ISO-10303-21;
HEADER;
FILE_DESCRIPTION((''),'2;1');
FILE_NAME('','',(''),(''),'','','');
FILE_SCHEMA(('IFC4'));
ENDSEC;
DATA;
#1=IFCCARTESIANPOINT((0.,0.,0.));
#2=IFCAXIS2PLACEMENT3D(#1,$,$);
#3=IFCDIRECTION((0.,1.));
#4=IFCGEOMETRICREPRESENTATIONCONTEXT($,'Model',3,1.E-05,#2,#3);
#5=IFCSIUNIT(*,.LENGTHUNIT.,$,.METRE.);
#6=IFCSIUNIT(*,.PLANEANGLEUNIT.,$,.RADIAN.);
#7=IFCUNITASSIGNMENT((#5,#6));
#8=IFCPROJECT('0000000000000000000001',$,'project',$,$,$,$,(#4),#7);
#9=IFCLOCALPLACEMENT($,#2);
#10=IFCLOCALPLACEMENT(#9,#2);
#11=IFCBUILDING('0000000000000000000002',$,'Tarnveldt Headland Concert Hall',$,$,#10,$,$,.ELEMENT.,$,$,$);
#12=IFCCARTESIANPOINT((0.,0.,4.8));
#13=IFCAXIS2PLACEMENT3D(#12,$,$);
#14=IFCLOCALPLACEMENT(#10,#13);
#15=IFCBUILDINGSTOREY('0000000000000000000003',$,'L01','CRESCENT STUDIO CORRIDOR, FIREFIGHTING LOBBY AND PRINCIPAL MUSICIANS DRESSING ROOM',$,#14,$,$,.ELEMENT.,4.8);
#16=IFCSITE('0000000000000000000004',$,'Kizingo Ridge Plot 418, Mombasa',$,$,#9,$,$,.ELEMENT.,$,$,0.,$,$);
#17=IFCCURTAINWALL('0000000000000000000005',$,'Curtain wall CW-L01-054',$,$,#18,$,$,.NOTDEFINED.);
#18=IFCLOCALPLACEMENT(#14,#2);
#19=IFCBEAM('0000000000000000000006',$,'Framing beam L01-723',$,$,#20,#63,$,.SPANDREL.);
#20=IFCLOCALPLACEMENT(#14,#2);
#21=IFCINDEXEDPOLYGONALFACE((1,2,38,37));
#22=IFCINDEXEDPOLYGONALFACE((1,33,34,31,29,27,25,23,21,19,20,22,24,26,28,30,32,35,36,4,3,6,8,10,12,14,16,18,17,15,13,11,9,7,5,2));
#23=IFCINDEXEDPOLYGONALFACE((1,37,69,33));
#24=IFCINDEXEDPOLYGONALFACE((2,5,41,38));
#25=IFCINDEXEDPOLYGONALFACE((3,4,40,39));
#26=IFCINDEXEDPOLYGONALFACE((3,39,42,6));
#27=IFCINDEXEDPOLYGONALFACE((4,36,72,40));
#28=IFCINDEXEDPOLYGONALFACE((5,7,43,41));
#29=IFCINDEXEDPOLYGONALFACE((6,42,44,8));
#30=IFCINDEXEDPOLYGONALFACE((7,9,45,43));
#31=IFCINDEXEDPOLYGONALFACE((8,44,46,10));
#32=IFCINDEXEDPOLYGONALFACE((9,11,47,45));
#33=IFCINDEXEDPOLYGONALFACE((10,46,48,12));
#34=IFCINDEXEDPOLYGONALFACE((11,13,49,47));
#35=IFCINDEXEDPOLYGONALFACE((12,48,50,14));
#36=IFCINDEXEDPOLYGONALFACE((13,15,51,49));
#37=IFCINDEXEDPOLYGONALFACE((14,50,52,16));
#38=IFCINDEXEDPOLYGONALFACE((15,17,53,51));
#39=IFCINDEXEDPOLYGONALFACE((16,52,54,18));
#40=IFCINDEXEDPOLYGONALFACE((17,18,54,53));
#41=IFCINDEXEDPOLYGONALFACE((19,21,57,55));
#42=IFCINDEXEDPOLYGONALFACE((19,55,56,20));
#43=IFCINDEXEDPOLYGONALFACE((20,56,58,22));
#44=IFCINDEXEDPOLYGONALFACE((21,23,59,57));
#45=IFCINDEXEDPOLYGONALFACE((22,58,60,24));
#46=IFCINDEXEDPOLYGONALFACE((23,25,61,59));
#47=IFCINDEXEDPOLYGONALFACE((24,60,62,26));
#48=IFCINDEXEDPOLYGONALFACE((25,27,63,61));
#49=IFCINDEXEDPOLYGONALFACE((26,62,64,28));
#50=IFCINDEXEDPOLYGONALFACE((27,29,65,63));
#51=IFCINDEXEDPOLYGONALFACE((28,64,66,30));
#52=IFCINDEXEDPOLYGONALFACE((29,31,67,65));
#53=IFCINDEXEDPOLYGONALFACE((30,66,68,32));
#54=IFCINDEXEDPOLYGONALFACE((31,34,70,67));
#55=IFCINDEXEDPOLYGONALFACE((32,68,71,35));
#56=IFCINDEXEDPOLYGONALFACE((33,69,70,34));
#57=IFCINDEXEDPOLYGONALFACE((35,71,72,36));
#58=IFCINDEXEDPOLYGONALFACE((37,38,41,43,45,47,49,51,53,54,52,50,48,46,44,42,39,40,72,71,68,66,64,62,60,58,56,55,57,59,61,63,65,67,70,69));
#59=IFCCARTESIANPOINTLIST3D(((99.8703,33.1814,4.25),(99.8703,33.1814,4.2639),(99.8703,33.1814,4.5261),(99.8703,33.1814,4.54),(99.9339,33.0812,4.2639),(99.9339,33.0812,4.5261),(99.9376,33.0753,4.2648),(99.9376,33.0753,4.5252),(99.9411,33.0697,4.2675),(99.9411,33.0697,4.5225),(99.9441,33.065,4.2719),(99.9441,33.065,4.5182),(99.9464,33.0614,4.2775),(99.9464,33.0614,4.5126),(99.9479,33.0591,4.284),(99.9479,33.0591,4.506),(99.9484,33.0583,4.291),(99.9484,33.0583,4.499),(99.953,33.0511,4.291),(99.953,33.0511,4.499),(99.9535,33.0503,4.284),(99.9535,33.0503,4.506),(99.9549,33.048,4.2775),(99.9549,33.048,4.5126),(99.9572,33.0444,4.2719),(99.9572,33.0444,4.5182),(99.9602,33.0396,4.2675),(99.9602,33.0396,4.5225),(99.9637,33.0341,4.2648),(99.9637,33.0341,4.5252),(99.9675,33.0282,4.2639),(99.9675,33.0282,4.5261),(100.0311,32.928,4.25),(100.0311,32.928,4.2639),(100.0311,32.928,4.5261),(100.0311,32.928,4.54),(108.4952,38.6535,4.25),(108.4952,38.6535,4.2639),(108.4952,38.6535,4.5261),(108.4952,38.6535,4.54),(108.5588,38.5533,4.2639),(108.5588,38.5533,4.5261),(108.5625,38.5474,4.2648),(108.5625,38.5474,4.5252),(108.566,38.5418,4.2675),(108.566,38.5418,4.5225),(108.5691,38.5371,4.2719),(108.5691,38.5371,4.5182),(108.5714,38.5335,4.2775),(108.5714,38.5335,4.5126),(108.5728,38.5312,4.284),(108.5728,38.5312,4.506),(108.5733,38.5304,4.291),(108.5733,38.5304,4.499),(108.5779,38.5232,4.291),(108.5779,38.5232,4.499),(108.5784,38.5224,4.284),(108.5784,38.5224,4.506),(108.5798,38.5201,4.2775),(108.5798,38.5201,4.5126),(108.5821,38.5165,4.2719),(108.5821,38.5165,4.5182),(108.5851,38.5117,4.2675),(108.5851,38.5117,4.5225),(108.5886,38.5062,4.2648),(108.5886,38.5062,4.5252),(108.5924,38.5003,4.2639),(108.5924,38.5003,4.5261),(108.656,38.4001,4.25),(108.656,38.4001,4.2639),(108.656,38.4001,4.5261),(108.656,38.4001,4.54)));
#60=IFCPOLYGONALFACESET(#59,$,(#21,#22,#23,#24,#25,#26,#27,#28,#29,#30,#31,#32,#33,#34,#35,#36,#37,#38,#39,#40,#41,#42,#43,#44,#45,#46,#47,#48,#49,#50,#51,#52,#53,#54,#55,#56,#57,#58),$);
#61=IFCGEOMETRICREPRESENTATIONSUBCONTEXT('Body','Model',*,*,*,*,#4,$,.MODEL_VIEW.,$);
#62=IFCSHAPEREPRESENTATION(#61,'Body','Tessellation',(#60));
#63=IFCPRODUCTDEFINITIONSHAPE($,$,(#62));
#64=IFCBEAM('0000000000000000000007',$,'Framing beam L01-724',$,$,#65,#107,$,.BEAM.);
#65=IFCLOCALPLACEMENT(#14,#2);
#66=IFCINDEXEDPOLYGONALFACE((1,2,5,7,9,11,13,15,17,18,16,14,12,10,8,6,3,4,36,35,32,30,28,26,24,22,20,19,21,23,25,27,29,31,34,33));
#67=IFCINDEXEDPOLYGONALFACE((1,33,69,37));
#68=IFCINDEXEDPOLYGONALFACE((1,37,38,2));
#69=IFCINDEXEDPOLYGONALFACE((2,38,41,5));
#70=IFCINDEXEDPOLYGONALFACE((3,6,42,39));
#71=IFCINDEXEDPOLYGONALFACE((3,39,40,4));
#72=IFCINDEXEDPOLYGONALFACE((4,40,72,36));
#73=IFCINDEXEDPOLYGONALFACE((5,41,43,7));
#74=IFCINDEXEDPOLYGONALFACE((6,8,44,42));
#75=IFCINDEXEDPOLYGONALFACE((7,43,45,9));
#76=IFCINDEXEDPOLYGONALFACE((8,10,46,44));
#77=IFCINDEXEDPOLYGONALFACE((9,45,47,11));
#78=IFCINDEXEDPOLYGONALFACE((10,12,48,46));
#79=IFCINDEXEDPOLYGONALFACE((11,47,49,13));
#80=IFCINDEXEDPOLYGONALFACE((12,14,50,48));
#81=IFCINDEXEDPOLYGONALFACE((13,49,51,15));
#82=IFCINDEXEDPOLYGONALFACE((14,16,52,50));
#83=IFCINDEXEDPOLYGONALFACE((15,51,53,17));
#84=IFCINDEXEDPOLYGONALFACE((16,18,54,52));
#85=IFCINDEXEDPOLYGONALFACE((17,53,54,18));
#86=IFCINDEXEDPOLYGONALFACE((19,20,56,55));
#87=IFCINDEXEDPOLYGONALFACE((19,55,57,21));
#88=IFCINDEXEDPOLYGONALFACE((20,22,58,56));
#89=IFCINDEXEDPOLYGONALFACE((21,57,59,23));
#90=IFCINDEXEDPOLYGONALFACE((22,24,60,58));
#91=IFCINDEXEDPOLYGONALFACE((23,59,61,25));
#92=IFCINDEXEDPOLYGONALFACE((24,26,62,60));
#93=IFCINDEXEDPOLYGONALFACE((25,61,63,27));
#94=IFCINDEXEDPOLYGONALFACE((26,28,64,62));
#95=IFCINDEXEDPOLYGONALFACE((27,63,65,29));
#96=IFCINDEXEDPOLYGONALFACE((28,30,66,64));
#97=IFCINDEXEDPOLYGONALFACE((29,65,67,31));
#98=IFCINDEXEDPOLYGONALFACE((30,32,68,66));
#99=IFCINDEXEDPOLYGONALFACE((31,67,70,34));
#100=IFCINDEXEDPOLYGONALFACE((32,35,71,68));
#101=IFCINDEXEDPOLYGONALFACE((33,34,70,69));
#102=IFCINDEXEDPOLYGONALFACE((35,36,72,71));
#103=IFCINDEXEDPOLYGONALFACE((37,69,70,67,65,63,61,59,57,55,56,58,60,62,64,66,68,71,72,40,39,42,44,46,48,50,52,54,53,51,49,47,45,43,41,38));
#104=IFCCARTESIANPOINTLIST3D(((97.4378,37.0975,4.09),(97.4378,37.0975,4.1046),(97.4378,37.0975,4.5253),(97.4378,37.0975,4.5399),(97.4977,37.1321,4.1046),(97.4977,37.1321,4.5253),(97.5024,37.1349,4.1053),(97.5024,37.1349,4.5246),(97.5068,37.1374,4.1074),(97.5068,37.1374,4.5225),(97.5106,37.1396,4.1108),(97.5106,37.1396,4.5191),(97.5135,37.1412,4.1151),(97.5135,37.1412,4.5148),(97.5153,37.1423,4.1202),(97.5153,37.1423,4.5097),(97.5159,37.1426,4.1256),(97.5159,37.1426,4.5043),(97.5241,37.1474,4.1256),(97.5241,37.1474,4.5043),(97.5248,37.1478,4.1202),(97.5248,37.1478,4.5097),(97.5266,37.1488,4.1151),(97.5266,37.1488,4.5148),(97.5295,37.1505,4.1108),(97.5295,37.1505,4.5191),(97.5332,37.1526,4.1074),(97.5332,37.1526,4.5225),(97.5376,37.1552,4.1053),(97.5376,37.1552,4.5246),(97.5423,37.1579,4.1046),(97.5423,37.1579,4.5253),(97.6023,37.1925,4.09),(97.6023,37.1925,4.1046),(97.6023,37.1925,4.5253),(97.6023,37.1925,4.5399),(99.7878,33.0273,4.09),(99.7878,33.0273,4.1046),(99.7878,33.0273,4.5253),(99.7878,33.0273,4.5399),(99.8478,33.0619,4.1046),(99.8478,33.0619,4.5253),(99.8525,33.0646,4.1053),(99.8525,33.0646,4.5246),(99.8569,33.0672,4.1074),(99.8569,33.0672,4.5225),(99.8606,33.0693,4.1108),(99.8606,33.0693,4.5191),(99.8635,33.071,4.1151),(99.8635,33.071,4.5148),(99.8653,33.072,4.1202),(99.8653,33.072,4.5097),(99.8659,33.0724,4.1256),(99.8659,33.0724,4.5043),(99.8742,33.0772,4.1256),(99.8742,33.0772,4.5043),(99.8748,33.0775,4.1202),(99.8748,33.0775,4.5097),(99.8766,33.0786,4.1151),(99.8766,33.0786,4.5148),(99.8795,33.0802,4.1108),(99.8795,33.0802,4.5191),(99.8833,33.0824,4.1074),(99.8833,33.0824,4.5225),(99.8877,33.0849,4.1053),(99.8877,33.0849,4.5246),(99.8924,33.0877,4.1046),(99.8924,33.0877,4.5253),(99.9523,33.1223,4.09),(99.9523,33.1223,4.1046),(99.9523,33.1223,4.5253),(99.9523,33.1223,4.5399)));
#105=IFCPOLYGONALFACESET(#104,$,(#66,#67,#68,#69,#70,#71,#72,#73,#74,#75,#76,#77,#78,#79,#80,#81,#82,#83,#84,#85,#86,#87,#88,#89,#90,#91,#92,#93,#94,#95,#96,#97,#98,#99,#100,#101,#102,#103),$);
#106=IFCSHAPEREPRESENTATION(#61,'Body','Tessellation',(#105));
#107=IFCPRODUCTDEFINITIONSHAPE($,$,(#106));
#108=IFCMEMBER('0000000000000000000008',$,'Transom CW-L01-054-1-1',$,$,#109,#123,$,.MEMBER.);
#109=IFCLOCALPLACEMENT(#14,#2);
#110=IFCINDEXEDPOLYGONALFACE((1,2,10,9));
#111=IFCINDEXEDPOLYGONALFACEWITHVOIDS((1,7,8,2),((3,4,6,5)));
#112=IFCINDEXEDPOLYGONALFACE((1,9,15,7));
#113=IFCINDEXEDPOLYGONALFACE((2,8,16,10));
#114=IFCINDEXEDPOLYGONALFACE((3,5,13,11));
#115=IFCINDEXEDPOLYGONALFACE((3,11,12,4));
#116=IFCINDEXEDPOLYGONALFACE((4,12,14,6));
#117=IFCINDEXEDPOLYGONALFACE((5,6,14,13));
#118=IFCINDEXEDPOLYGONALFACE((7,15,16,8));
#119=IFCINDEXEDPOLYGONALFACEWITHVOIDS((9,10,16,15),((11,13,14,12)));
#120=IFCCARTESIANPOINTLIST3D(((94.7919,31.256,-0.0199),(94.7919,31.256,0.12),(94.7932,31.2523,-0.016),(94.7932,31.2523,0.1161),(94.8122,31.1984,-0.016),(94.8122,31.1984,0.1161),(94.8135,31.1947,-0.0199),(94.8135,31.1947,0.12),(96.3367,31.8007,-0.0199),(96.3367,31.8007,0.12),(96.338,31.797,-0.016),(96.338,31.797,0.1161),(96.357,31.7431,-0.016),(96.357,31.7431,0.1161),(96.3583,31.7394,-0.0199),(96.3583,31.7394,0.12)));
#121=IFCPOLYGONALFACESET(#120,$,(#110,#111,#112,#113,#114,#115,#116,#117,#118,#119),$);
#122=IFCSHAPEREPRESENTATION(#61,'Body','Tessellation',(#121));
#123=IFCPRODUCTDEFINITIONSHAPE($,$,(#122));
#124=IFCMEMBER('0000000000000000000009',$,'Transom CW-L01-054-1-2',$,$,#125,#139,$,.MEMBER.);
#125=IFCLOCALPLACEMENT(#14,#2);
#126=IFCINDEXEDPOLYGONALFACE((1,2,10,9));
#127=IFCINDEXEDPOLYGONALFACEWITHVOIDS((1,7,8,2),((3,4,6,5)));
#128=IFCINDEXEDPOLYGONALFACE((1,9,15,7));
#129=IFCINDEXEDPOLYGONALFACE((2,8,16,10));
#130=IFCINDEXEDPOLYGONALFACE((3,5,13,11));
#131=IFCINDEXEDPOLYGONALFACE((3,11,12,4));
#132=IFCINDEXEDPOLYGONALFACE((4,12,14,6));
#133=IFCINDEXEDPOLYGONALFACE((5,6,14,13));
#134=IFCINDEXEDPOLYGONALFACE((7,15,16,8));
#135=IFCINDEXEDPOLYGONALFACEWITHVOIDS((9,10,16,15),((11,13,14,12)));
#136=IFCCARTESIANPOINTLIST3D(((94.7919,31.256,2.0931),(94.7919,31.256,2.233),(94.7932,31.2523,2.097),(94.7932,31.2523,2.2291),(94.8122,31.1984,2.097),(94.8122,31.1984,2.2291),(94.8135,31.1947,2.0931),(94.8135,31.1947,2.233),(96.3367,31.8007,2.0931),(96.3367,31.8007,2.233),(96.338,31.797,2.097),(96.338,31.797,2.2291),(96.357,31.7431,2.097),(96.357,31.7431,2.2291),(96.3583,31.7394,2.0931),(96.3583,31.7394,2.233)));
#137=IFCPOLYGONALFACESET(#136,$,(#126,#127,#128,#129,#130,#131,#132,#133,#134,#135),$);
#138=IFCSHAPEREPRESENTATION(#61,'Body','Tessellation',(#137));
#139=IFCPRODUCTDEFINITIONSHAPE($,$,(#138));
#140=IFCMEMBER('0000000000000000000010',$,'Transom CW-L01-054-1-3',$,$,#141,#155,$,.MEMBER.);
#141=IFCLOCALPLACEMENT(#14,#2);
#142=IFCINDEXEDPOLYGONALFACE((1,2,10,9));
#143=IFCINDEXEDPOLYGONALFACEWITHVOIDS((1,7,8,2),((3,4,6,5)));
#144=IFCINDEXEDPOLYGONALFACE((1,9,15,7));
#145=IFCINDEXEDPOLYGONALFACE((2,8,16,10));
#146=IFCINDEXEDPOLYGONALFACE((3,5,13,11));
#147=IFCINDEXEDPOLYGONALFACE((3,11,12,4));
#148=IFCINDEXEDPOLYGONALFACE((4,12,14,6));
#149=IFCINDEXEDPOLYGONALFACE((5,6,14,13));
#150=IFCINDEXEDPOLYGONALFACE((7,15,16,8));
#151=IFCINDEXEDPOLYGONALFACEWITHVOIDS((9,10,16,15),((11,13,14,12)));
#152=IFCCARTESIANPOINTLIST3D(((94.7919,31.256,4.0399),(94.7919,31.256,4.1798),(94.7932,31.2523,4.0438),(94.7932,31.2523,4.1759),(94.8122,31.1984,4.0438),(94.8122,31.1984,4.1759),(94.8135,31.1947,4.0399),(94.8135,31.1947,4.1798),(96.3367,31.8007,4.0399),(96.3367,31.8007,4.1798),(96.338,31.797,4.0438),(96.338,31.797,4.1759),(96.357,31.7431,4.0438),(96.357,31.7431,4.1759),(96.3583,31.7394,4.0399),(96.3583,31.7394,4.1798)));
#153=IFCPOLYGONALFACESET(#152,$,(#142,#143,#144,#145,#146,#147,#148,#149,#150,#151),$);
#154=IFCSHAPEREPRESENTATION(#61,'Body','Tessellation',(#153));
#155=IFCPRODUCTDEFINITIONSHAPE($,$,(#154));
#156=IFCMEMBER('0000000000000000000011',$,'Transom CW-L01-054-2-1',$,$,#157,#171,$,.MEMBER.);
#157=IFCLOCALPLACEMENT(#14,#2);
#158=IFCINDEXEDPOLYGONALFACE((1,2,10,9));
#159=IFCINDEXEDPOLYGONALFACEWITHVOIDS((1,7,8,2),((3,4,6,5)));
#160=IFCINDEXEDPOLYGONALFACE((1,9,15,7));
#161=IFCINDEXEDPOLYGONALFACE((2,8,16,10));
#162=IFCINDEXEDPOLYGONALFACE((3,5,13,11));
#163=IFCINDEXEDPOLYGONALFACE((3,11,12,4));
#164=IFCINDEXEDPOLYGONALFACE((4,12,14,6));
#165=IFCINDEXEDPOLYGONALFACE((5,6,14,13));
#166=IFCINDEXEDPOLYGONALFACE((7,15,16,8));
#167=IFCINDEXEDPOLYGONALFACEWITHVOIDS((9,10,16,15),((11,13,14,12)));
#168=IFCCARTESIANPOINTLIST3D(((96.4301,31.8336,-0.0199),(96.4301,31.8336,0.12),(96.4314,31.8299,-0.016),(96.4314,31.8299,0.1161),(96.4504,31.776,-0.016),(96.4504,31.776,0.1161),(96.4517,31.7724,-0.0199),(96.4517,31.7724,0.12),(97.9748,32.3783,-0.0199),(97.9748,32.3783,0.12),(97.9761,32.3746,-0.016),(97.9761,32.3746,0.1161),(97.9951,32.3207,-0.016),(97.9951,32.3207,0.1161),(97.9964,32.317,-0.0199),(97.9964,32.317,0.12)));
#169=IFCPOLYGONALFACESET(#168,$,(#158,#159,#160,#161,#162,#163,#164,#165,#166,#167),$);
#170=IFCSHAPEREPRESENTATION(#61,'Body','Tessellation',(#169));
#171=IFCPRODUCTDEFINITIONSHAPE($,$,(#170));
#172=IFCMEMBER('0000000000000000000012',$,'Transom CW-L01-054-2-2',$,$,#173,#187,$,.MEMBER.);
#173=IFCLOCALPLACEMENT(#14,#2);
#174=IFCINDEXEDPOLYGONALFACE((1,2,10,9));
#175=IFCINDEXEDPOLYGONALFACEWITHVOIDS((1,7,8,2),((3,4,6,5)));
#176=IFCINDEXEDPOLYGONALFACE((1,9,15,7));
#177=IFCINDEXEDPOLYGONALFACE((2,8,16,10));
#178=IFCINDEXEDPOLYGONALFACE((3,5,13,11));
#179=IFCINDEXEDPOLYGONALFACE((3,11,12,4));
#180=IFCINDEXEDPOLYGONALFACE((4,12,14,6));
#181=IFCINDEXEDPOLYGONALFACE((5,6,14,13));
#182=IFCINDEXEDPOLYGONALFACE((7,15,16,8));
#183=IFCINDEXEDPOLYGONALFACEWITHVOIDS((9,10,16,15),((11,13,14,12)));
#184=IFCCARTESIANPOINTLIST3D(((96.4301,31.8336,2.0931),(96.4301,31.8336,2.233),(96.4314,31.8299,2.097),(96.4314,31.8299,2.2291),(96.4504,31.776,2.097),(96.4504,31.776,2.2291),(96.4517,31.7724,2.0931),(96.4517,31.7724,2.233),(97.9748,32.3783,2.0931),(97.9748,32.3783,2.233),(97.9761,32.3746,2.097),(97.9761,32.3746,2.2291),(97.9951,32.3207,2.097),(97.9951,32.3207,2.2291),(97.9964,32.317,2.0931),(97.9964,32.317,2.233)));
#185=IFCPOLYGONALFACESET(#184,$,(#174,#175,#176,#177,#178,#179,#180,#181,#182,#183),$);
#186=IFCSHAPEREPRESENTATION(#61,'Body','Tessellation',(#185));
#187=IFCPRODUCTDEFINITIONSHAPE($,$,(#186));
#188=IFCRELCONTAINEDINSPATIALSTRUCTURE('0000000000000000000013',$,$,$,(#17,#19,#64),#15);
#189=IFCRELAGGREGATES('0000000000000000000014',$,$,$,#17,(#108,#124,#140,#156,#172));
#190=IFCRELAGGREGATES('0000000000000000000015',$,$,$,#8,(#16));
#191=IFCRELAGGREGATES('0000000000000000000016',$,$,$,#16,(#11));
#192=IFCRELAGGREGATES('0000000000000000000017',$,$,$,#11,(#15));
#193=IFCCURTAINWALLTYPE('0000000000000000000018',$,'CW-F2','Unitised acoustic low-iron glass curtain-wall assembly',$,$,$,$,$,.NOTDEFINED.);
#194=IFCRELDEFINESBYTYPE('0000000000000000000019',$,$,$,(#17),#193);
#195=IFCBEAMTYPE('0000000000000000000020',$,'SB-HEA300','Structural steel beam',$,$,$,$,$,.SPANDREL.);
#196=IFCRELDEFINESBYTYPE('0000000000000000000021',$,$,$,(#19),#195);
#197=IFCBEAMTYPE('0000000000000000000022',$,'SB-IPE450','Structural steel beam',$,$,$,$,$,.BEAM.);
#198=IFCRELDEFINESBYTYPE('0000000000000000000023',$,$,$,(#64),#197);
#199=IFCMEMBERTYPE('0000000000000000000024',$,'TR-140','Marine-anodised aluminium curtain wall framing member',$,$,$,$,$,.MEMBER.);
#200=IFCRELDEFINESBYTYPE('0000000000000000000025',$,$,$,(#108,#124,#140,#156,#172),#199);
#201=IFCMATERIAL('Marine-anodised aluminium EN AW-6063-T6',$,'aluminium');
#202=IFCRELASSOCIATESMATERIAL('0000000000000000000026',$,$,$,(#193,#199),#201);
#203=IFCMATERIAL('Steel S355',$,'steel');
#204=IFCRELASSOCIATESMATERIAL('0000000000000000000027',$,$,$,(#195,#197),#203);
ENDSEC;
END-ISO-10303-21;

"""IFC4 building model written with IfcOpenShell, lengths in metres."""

from ifc_helpers import new_model, si_unit, direction, frame, origin, origin_2d, place, context, subcontext, project, spatial, hollow_rectangle, i_section, extrude, material, material_profile, profile_set, type_object, element, aggregate, save


model = new_model("IFC4")

# Units and contexts
model_context = context("Model", 3, precision=1e-05, world=origin(), true_north=direction((0.0, 1.0)))
body_context = subcontext(model_context, "Body", "Model", "MODEL_VIEW")
ifc_project = project(units=[si_unit("LENGTHUNIT", "METRE"), si_unit("PLANEANGLEUNIT", "RADIAN")], contexts=[model_context])

# Site, building, storey
site_placement = place(None, origin())
site = spatial("IfcSite", under=ifc_project, at=site_placement, Name="Kizingo Ridge Plot 418, Mombasa", CompositionType="ELEMENT", RefElevation=0.0)
building_placement = place(site_placement, origin())
building = spatial("IfcBuilding", under=site, at=building_placement, Name="Tarnveldt Headland Concert Hall", CompositionType="ELEMENT")
storey_placement = place(building_placement, frame((0.0, 0.0, 4.8)))
storey = spatial("IfcBuildingStorey", under=building, at=storey_placement, Name="L01", Description="CRESCENT STUDIO CORRIDOR, FIREFIGHTING LOBBY AND PRINCIPAL MUSICIANS DRESSING ROOM", CompositionType="ELEMENT", Elevation=4.8)

# Shared definitions
ifc_material_1 = material(Name="Steel S355", Category="steel")

# Shared definitions
ifc_material_2 = material(Name="Marine-anodised aluminium EN AW-6063-T6", Category="aluminium")
curtain_wall_type = type_object("IfcCurtainWallType", Name="CW-F2", Description="Unitised acoustic low-iron glass curtain-wall assembly", PredefinedType="NOTDEFINED", material=ifc_material_2)

# Curtain wall
curtain_wall_1_placement = place(storey_placement, origin())
curtain_wall_1 = element("IfcCurtainWall", 1, at=curtain_wall_1_placement, inside=storey, type_object=curtain_wall_type, Name="Curtain wall CW-L01-054", PredefinedType="NOTDEFINED")

# Beams
ifc_material_profile_1 = material_profile(ifc_material_1, i_section(OverallWidth=0.3, OverallDepth=0.29, WebThickness=0.0085, FlangeThickness=0.0139, FilletRadius=0.0271, at=origin_2d()), Name="HEA300", Category="steel")
ifc_profile_set_1 = profile_set([ifc_material_profile_1], Name="Steel S355")
beam_type_1 = type_object("IfcBeamType", Name="SB-HEA300", Description="Structural steel beam", PredefinedType="SPANDREL", material=ifc_profile_set_1)
beam_1_placement = place(storey_placement, frame((99.9507, 33.0547, 4.395), z_axis=(0.844391, 0.535727, 0.0), x_axis=(-0.535727, 0.844391, 0.0)))
element("IfcBeam", 2, at=beam_1_placement, inside=storey, type_object=beam_type_1, Name="Framing beam L01-723", PredefinedType="SPANDREL", context=body_context, shape_type="SweptSolid", body=[
    extrude(i_section(OverallWidth=0.3, OverallDepth=0.29, WebThickness=0.0085, FlangeThickness=0.0139, FilletRadius=0.0271, at=origin_2d()), origin(), (0.0, 0.0, 1.0), 10.2144),
])
ifc_material_profile_2 = material_profile(ifc_material_1, i_section(OverallWidth=0.1899, OverallDepth=0.45, WebThickness=0.0095, FlangeThickness=0.0146, FilletRadius=0.021, at=origin_2d()), Name="IPE450", Category="steel")
ifc_profile_set_2 = profile_set([ifc_material_profile_2], Name="Steel S355")
beam_type_2 = type_object("IfcBeamType", Name="SB-IPE450", Description="Structural steel beam", PredefinedType="BEAM", material=ifc_profile_set_2)
beam_2_placement = place(storey_placement, frame((97.52, 37.145, 4.3149), z_axis=(0.500016, -0.866016, 0.0), x_axis=(0.866016, 0.500016, 0.0)))
element("IfcBeam", 3, at=beam_2_placement, inside=storey, type_object=beam_type_2, Name="Framing beam L01-724", PredefinedType="BEAM", context=body_context, shape_type="SweptSolid", body=[
    extrude(i_section(OverallWidth=0.1899, OverallDepth=0.45, WebThickness=0.0095, FlangeThickness=0.0146, FilletRadius=0.021, at=origin_2d()), origin(), (0.0, 0.0, 1.0), 4.7),
])

# Members
ifc_material_profile_3 = material_profile(ifc_material_2, hollow_rectangle(XDim=0.0649, YDim=0.1399, WallThickness=0.0039, at=origin_2d()), Name="ALU TRANSOM 65x140x4", Category="aluminium")
ifc_profile_set_3 = profile_set([ifc_material_profile_3], Name="Marine-anodised aluminium EN AW-6063-T6")
member_type_1 = type_object("IfcMemberType", Name="TR-140", Description="Marine-anodised aluminium curtain wall framing member", PredefinedType="MEMBER", material=ifc_profile_set_3)
member_1_placement = place(storey_placement, frame((94.8027, 31.2253, 0.05), z_axis=(0.943087, 0.332547, 0.0), x_axis=(-0.332547, 0.943087, 0.0)))
member_1 = element("IfcMember", 4, at=member_1_placement, type_object=member_type_1, Name="Transom CW-L01-054-1-1", PredefinedType="MEMBER", context=body_context, shape_type="SweptSolid", body=[
    extrude(hollow_rectangle(XDim=0.0649, YDim=0.1399, WallThickness=0.0039, at=origin_2d()), origin(), (0.0, 0.0, 1.0), 1.6379),
])
member_2_placement = place(storey_placement, frame((94.8027, 31.2253, 2.1631), z_axis=(0.943087, 0.332547, 0.0), x_axis=(-0.332547, 0.943087, 0.0)))
member_2 = element("IfcMember", 5, at=member_2_placement, type_object=member_type_1, Name="Transom CW-L01-054-1-2", PredefinedType="MEMBER", context=body_context, shape_type="SweptSolid", body=[
    extrude(hollow_rectangle(XDim=0.0649, YDim=0.1399, WallThickness=0.0039, at=origin_2d()), origin(), (0.0, 0.0, 1.0), 1.6379),
])
member_3_placement = place(storey_placement, frame((94.8027, 31.2253, 4.1099), z_axis=(0.943087, 0.332547, 0.0), x_axis=(-0.332547, 0.943087, 0.0)))
member_3 = element("IfcMember", 6, at=member_3_placement, type_object=member_type_1, Name="Transom CW-L01-054-1-3", PredefinedType="MEMBER", context=body_context, shape_type="SweptSolid", body=[
    extrude(hollow_rectangle(XDim=0.0649, YDim=0.1399, WallThickness=0.0039, at=origin_2d()), origin(), (0.0, 0.0, 1.0), 1.6379),
])
member_4_placement = place(storey_placement, frame((96.4409, 31.803, 0.05), z_axis=(0.943087, 0.332547, 0.0), x_axis=(-0.332547, 0.943087, 0.0)))
member_4 = element("IfcMember", 7, at=member_4_placement, type_object=member_type_1, Name="Transom CW-L01-054-2-1", PredefinedType="MEMBER", context=body_context, shape_type="SweptSolid", body=[
    extrude(hollow_rectangle(XDim=0.0649, YDim=0.1399, WallThickness=0.0039, at=origin_2d()), origin(), (0.0, 0.0, 1.0), 1.6379),
])
member_5_placement = place(storey_placement, frame((96.4409, 31.803, 2.1631), z_axis=(0.943087, 0.332547, 0.0), x_axis=(-0.332547, 0.943087, 0.0)))
member_5 = element("IfcMember", 8, at=member_5_placement, type_object=member_type_1, Name="Transom CW-L01-054-2-2", PredefinedType="MEMBER", context=body_context, shape_type="SweptSolid", body=[
    extrude(hollow_rectangle(XDim=0.0649, YDim=0.1399, WallThickness=0.0039, at=origin_2d()), origin(), (0.0, 0.0, 1.0), 1.6379),
])

aggregate(curtain_wall_1, [member_1, member_2, member_3, member_4, member_5])

save(model, "model.ifc")
